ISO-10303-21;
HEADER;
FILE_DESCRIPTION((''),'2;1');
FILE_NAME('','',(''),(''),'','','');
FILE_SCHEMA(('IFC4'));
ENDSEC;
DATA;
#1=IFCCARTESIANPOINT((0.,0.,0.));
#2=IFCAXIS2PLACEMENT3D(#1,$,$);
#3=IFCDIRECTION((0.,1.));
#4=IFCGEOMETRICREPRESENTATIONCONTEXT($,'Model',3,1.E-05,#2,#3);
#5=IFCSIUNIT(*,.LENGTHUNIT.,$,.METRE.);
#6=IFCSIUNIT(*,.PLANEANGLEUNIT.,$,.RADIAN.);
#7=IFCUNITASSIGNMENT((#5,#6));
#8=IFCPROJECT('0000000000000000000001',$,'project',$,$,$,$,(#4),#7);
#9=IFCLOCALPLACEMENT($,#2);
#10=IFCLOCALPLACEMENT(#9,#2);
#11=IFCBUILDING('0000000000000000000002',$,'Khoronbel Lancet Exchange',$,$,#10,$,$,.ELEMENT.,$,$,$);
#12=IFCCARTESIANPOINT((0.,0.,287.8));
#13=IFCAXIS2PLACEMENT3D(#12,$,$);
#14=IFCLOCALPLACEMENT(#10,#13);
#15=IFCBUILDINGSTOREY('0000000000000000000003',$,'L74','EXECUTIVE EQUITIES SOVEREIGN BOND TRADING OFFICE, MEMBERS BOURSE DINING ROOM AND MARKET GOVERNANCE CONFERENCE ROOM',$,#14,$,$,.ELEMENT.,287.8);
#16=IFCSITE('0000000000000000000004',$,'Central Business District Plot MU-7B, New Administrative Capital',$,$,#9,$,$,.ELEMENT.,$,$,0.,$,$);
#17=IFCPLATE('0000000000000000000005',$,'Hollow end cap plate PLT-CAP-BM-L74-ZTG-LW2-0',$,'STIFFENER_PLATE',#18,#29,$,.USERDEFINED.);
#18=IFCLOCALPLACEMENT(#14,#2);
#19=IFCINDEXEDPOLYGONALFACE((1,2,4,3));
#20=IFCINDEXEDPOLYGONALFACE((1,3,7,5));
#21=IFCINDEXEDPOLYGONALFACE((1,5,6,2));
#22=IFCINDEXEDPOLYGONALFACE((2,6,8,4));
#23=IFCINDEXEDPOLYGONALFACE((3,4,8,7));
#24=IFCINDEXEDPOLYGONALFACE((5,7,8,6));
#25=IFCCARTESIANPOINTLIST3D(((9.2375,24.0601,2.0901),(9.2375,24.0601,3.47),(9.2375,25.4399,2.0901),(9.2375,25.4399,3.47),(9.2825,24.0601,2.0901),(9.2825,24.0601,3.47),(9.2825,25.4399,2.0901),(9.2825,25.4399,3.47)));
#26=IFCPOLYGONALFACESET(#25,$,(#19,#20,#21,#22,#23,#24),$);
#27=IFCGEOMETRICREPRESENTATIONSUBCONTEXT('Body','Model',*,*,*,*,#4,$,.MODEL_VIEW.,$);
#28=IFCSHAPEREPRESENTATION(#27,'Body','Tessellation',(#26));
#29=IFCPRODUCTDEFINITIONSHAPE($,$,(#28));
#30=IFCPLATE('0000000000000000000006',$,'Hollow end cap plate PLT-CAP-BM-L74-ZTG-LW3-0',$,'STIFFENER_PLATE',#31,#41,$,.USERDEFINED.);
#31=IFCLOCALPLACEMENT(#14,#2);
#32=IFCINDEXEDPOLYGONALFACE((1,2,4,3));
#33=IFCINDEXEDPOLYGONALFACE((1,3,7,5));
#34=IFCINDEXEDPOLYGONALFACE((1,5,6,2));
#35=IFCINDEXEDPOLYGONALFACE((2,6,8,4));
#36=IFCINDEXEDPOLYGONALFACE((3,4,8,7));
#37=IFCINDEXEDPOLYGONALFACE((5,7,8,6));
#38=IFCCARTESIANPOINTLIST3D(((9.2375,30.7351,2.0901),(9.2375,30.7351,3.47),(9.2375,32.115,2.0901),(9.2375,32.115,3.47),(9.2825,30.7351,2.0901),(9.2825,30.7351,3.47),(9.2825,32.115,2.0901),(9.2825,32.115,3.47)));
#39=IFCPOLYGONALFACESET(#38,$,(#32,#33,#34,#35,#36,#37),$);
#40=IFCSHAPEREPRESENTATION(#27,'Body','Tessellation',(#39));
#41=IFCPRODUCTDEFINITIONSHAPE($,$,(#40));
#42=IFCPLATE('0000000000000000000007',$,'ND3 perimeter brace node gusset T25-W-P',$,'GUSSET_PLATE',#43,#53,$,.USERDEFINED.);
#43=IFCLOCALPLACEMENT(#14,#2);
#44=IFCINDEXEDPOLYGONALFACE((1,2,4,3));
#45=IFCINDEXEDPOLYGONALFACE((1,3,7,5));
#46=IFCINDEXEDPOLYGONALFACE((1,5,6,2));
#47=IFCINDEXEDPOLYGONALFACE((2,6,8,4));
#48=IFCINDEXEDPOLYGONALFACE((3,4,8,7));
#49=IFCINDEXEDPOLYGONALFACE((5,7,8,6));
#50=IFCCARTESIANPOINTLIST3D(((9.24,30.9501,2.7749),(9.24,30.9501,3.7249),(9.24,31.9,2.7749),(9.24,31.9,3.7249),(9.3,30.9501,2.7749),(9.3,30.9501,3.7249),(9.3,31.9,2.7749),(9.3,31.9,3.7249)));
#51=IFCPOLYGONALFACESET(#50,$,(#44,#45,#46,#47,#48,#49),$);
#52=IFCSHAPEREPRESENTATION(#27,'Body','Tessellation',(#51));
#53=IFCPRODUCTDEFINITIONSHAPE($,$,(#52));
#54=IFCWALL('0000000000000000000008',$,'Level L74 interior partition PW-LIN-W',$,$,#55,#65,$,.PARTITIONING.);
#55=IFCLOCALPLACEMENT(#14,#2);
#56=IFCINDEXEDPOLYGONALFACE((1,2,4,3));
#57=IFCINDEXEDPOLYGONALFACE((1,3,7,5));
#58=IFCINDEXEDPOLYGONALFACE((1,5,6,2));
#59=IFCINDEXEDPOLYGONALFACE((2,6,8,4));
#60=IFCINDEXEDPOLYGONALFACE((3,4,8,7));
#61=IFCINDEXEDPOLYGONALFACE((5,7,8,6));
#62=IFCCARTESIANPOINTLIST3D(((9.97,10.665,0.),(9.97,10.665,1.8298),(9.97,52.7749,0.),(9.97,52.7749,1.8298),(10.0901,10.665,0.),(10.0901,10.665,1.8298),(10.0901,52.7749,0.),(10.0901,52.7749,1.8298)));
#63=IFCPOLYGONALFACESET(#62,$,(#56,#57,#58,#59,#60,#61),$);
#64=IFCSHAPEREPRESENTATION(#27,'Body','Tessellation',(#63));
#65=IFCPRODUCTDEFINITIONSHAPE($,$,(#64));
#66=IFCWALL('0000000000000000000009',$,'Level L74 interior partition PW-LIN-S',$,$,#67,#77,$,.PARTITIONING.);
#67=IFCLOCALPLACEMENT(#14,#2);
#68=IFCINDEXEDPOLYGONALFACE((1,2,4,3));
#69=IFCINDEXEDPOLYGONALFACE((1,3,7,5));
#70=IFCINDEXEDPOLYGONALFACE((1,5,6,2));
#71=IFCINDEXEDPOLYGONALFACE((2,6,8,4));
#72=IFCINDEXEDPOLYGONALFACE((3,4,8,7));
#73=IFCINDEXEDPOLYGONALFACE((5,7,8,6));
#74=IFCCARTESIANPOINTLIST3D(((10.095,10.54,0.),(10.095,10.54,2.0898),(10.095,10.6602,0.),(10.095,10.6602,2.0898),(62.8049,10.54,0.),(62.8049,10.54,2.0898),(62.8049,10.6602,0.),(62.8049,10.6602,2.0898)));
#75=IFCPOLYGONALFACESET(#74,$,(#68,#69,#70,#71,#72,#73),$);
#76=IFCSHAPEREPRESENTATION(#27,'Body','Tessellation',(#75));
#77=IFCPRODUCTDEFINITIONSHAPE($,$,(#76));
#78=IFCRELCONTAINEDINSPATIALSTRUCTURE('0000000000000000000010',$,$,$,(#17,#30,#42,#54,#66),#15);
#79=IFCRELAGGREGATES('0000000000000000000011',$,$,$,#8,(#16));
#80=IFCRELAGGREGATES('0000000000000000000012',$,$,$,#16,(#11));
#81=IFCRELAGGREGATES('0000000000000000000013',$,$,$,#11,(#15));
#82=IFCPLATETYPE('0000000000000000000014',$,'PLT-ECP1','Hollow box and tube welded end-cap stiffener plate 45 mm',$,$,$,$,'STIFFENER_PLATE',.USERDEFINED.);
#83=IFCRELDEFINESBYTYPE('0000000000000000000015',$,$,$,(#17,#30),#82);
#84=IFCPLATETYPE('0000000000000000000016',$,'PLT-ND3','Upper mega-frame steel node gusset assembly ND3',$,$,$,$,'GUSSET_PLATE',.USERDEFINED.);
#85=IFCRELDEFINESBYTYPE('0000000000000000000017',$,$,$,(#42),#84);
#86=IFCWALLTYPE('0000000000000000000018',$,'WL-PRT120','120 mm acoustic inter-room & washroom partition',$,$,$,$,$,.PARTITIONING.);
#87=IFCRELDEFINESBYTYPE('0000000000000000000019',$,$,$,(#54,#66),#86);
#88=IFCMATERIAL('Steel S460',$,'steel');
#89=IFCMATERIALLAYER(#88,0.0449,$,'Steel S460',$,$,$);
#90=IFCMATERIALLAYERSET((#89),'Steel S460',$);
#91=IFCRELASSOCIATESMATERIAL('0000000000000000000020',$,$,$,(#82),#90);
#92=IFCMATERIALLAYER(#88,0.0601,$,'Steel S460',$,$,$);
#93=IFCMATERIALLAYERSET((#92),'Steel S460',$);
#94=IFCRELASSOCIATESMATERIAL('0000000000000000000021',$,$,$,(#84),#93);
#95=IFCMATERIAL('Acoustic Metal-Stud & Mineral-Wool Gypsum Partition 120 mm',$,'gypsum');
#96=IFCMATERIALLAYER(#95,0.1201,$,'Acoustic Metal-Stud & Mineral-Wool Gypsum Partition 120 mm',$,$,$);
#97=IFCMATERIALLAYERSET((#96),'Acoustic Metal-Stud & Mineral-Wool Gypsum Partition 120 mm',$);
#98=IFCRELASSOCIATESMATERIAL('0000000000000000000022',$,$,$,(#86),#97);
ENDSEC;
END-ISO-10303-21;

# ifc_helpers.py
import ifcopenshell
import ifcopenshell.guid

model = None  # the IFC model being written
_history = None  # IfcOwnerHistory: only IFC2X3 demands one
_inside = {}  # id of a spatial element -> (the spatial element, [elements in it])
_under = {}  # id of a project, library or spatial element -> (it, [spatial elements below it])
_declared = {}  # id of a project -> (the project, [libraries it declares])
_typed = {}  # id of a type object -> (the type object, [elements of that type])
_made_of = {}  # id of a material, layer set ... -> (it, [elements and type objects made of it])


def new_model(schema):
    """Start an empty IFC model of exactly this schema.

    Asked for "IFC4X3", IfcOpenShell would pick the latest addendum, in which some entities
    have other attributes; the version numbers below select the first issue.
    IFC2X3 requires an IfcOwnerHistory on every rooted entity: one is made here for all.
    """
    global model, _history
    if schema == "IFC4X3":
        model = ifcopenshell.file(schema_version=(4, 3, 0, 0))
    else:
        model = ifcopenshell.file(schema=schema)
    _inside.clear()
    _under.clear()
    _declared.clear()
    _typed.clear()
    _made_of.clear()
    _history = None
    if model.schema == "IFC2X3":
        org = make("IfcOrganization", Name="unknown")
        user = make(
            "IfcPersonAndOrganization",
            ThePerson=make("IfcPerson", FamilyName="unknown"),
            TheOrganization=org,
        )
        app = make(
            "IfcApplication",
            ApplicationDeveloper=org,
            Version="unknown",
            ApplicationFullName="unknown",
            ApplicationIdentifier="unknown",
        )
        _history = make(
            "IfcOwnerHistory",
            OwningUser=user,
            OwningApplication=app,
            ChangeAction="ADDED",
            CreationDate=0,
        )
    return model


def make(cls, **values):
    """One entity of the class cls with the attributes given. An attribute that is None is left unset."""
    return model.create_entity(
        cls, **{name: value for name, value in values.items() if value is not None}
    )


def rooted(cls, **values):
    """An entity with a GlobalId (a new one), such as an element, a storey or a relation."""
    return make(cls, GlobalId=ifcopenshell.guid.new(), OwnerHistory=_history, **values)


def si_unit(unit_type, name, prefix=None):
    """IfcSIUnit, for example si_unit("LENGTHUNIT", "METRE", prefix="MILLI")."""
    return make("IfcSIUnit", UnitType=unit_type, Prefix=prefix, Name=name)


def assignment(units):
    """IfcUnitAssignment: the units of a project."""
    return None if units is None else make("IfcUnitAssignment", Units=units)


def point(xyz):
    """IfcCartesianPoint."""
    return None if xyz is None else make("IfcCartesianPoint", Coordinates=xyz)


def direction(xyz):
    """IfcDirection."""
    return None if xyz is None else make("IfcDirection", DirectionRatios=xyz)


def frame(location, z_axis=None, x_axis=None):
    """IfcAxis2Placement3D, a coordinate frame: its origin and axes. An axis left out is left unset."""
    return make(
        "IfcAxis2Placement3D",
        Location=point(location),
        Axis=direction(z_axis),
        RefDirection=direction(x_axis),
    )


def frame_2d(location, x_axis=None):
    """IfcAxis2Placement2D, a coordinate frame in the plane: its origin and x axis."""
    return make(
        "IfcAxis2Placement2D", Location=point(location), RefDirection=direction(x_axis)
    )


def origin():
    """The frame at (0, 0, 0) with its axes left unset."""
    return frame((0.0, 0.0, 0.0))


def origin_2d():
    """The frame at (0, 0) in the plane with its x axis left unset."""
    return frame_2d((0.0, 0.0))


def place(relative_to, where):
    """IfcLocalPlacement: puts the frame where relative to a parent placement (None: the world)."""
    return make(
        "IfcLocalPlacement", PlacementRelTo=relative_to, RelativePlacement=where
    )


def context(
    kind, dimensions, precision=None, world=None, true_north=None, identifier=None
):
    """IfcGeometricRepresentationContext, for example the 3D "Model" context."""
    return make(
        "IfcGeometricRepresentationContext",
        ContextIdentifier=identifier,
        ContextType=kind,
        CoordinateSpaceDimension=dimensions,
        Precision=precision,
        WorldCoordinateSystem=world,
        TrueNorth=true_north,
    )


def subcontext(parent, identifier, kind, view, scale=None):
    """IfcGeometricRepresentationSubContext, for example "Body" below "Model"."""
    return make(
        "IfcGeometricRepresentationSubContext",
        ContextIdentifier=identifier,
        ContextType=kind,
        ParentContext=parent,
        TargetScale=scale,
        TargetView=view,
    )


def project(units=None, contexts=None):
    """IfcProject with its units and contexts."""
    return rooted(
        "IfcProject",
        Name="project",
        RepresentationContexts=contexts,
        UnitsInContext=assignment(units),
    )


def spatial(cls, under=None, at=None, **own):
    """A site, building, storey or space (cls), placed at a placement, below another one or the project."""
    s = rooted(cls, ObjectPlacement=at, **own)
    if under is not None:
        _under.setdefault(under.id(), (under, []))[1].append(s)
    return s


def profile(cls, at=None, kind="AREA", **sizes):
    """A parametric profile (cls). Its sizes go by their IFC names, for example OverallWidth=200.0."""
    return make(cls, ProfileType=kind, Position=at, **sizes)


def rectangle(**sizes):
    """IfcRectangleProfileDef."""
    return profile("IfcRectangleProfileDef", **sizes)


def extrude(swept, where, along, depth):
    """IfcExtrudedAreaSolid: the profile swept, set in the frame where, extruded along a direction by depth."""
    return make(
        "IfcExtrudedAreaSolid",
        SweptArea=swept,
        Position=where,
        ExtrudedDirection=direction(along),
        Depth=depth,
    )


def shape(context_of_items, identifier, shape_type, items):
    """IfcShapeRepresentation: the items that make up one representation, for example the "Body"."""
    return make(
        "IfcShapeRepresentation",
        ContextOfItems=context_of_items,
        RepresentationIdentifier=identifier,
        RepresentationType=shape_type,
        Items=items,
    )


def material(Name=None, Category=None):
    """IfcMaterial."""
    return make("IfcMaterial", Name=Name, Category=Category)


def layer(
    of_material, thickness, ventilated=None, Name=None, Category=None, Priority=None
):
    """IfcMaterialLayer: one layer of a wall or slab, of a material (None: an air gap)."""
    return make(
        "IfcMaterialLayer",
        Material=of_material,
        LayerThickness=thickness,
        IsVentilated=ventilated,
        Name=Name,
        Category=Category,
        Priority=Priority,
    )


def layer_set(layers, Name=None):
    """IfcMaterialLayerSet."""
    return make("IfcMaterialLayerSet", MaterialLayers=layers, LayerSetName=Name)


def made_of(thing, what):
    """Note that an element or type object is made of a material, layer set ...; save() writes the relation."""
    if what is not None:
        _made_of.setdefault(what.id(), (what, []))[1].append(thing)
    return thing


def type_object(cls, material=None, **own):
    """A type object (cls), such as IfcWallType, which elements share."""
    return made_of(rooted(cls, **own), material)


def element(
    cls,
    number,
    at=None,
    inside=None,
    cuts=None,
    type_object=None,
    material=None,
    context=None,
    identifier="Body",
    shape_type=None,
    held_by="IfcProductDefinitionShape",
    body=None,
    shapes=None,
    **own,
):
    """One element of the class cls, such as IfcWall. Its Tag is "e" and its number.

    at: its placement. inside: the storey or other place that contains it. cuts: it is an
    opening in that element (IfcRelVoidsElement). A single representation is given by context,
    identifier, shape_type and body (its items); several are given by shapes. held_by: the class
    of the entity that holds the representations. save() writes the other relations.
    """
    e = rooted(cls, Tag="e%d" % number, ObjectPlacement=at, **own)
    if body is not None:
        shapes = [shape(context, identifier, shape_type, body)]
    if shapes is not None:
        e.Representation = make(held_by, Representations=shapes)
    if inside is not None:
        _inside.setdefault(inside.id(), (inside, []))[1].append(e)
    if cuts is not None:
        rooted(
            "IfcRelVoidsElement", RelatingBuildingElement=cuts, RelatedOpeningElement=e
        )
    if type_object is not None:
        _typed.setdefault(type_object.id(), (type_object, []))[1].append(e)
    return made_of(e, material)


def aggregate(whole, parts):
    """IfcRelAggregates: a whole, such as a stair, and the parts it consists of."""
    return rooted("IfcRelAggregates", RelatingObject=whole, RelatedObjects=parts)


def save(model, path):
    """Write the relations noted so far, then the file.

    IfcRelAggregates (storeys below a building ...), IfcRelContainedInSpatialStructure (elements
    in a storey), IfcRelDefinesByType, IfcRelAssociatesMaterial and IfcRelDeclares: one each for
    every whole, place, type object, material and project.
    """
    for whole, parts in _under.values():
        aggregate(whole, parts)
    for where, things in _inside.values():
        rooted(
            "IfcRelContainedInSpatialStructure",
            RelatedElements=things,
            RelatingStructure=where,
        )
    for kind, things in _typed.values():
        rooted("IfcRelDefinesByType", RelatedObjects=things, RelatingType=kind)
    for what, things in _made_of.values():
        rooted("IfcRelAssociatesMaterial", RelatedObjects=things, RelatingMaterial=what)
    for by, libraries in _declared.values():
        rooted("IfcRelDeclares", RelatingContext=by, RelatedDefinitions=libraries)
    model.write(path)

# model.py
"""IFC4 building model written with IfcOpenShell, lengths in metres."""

from ifc_helpers import new_model, si_unit, direction, frame, frame_2d, origin, origin_2d, place, context, subcontext, project, spatial, rectangle, extrude, material, layer, layer_set, type_object, element, save


model = new_model("IFC4")

# Units and contexts
model_context = context("Model", 3, precision=1e-05, world=origin(), true_north=direction((0.0, 1.0)))
body_context = subcontext(model_context, "Body", "Model", "MODEL_VIEW")
ifc_project = project(units=[si_unit("LENGTHUNIT", "METRE"), si_unit("PLANEANGLEUNIT", "RADIAN")], contexts=[model_context])

# Site, building, storey
site_placement = place(None, origin())
site = spatial("IfcSite", under=ifc_project, at=site_placement, Name="Central Business District Plot MU-7B, New Administrative Capital", CompositionType="ELEMENT", RefElevation=0.0)
building_placement = place(site_placement, origin())
building = spatial("IfcBuilding", under=site, at=building_placement, Name="Khoronbel Lancet Exchange", CompositionType="ELEMENT")
storey_placement = place(building_placement, frame((0.0, 0.0, 287.8)))
storey = spatial("IfcBuildingStorey", under=building, at=storey_placement, Name="L74", Description="EXECUTIVE EQUITIES SOVEREIGN BOND TRADING OFFICE, MEMBERS BOURSE DINING ROOM AND MARKET GOVERNANCE CONFERENCE ROOM", CompositionType="ELEMENT", Elevation=287.8)

# Shared definitions
ifc_material_1 = material(Name="Steel S460", Category="steel")

# Plates
ifc_layer_1 = layer(ifc_material_1, 0.0449, Name="Steel S460")
ifc_layer_set_1 = layer_set([ifc_layer_1], Name="Steel S460")
plate_type_1 = type_object("IfcPlateType", Name="PLT-ECP1", Description="Hollow box and tube welded end-cap stiffener plate 45 mm", ElementType="STIFFENER_PLATE", PredefinedType="USERDEFINED", material=ifc_layer_set_1)
for number, where, z_axis, x_axis, name in (
    (1, (9.26, 24.75, 2.0901), (0.0, 0.0, 1.0), (-1.0, 0.0, 0.0), "Hollow end cap plate PLT-CAP-BM-L74-ZTG-LW2-0"),
    (2, (9.26, 31.425, 2.0901), (0.0, 0.0, 1.0), (-1.0, 0.0, 0.0), "Hollow end cap plate PLT-CAP-BM-L74-ZTG-LW3-0"),
):
    element("IfcPlate", number, at=place(storey_placement, frame(where, z_axis=z_axis, x_axis=x_axis)), inside=storey, type_object=plate_type_1, Name=name, ObjectType="STIFFENER_PLATE", PredefinedType="USERDEFINED", context=body_context, shape_type="SweptSolid", body=[
        extrude(rectangle(XDim=0.0449, YDim=1.3799, at=origin_2d()), origin(), (0.0, 0.0, 1.0), 1.3799),
    ])
ifc_layer_2 = layer(ifc_material_1, 0.0601, Name="Steel S460")
ifc_layer_set_2 = layer_set([ifc_layer_2], Name="Steel S460")
plate_type_2 = type_object("IfcPlateType", Name="PLT-ND3", Description="Upper mega-frame steel node gusset assembly ND3", ElementType="GUSSET_PLATE", PredefinedType="USERDEFINED", material=ifc_layer_set_2)
plate_1_placement = place(storey_placement, frame((9.27, 31.425, 2.7749), z_axis=(0.0, 0.0, 1.0), x_axis=(0.0, 1.0, 0.0)))
element("IfcPlate", 3, at=plate_1_placement, inside=storey, type_object=plate_type_2, Name="ND3 perimeter brace node gusset T25-W-P", ObjectType="GUSSET_PLATE", PredefinedType="USERDEFINED", context=body_context, shape_type="SweptSolid", body=[
    extrude(rectangle(XDim=0.95, YDim=0.0601, at=origin_2d()), origin(), (0.0, 0.0, 1.0), 0.95),
])

# Walls
ifc_material_2 = material(Name="Acoustic Metal-Stud & Mineral-Wool Gypsum Partition 120 mm", Category="gypsum")
ifc_layer_3 = layer(ifc_material_2, 0.1201, Name="Acoustic Metal-Stud & Mineral-Wool Gypsum Partition 120 mm")
ifc_layer_set_3 = layer_set([ifc_layer_3], Name="Acoustic Metal-Stud & Mineral-Wool Gypsum Partition 120 mm")
wall_type = type_object("IfcWallType", Name="WL-PRT120", Description="120 mm acoustic inter-room & washroom partition", PredefinedType="PARTITIONING", material=ifc_layer_set_3)
wall_1_placement = place(storey_placement, frame((10.03, 10.665, 0.0), z_axis=(0.0, 0.0, 1.0), x_axis=(0.0, 1.0, 0.0)))
element("IfcWall", 4, at=wall_1_placement, inside=storey, type_object=wall_type, Name="Level L74 interior partition PW-LIN-W", PredefinedType="PARTITIONING", context=body_context, shape_type="SweptSolid", body=[
    extrude(rectangle(XDim=42.1099, YDim=0.1201, at=frame_2d((21.0549, 0.0))), origin(), (0.0, 0.0, 1.0), 1.8298),
])
wall_2_placement = place(storey_placement, frame((10.095, 10.6001, 0.0), z_axis=(0.0, 0.0, 1.0), x_axis=(1.0, 0.0, 0.0)))
element("IfcWall", 5, at=wall_2_placement, inside=storey, type_object=wall_type, Name="Level L74 interior partition PW-LIN-S", PredefinedType="PARTITIONING", context=body_context, shape_type="SweptSolid", body=[
    extrude(rectangle(XDim=52.71, YDim=0.1201, at=frame_2d((26.355, 0.0))), origin(), (0.0, 0.0, 1.0), 2.0898),
])

save(model, "model.ifc")
